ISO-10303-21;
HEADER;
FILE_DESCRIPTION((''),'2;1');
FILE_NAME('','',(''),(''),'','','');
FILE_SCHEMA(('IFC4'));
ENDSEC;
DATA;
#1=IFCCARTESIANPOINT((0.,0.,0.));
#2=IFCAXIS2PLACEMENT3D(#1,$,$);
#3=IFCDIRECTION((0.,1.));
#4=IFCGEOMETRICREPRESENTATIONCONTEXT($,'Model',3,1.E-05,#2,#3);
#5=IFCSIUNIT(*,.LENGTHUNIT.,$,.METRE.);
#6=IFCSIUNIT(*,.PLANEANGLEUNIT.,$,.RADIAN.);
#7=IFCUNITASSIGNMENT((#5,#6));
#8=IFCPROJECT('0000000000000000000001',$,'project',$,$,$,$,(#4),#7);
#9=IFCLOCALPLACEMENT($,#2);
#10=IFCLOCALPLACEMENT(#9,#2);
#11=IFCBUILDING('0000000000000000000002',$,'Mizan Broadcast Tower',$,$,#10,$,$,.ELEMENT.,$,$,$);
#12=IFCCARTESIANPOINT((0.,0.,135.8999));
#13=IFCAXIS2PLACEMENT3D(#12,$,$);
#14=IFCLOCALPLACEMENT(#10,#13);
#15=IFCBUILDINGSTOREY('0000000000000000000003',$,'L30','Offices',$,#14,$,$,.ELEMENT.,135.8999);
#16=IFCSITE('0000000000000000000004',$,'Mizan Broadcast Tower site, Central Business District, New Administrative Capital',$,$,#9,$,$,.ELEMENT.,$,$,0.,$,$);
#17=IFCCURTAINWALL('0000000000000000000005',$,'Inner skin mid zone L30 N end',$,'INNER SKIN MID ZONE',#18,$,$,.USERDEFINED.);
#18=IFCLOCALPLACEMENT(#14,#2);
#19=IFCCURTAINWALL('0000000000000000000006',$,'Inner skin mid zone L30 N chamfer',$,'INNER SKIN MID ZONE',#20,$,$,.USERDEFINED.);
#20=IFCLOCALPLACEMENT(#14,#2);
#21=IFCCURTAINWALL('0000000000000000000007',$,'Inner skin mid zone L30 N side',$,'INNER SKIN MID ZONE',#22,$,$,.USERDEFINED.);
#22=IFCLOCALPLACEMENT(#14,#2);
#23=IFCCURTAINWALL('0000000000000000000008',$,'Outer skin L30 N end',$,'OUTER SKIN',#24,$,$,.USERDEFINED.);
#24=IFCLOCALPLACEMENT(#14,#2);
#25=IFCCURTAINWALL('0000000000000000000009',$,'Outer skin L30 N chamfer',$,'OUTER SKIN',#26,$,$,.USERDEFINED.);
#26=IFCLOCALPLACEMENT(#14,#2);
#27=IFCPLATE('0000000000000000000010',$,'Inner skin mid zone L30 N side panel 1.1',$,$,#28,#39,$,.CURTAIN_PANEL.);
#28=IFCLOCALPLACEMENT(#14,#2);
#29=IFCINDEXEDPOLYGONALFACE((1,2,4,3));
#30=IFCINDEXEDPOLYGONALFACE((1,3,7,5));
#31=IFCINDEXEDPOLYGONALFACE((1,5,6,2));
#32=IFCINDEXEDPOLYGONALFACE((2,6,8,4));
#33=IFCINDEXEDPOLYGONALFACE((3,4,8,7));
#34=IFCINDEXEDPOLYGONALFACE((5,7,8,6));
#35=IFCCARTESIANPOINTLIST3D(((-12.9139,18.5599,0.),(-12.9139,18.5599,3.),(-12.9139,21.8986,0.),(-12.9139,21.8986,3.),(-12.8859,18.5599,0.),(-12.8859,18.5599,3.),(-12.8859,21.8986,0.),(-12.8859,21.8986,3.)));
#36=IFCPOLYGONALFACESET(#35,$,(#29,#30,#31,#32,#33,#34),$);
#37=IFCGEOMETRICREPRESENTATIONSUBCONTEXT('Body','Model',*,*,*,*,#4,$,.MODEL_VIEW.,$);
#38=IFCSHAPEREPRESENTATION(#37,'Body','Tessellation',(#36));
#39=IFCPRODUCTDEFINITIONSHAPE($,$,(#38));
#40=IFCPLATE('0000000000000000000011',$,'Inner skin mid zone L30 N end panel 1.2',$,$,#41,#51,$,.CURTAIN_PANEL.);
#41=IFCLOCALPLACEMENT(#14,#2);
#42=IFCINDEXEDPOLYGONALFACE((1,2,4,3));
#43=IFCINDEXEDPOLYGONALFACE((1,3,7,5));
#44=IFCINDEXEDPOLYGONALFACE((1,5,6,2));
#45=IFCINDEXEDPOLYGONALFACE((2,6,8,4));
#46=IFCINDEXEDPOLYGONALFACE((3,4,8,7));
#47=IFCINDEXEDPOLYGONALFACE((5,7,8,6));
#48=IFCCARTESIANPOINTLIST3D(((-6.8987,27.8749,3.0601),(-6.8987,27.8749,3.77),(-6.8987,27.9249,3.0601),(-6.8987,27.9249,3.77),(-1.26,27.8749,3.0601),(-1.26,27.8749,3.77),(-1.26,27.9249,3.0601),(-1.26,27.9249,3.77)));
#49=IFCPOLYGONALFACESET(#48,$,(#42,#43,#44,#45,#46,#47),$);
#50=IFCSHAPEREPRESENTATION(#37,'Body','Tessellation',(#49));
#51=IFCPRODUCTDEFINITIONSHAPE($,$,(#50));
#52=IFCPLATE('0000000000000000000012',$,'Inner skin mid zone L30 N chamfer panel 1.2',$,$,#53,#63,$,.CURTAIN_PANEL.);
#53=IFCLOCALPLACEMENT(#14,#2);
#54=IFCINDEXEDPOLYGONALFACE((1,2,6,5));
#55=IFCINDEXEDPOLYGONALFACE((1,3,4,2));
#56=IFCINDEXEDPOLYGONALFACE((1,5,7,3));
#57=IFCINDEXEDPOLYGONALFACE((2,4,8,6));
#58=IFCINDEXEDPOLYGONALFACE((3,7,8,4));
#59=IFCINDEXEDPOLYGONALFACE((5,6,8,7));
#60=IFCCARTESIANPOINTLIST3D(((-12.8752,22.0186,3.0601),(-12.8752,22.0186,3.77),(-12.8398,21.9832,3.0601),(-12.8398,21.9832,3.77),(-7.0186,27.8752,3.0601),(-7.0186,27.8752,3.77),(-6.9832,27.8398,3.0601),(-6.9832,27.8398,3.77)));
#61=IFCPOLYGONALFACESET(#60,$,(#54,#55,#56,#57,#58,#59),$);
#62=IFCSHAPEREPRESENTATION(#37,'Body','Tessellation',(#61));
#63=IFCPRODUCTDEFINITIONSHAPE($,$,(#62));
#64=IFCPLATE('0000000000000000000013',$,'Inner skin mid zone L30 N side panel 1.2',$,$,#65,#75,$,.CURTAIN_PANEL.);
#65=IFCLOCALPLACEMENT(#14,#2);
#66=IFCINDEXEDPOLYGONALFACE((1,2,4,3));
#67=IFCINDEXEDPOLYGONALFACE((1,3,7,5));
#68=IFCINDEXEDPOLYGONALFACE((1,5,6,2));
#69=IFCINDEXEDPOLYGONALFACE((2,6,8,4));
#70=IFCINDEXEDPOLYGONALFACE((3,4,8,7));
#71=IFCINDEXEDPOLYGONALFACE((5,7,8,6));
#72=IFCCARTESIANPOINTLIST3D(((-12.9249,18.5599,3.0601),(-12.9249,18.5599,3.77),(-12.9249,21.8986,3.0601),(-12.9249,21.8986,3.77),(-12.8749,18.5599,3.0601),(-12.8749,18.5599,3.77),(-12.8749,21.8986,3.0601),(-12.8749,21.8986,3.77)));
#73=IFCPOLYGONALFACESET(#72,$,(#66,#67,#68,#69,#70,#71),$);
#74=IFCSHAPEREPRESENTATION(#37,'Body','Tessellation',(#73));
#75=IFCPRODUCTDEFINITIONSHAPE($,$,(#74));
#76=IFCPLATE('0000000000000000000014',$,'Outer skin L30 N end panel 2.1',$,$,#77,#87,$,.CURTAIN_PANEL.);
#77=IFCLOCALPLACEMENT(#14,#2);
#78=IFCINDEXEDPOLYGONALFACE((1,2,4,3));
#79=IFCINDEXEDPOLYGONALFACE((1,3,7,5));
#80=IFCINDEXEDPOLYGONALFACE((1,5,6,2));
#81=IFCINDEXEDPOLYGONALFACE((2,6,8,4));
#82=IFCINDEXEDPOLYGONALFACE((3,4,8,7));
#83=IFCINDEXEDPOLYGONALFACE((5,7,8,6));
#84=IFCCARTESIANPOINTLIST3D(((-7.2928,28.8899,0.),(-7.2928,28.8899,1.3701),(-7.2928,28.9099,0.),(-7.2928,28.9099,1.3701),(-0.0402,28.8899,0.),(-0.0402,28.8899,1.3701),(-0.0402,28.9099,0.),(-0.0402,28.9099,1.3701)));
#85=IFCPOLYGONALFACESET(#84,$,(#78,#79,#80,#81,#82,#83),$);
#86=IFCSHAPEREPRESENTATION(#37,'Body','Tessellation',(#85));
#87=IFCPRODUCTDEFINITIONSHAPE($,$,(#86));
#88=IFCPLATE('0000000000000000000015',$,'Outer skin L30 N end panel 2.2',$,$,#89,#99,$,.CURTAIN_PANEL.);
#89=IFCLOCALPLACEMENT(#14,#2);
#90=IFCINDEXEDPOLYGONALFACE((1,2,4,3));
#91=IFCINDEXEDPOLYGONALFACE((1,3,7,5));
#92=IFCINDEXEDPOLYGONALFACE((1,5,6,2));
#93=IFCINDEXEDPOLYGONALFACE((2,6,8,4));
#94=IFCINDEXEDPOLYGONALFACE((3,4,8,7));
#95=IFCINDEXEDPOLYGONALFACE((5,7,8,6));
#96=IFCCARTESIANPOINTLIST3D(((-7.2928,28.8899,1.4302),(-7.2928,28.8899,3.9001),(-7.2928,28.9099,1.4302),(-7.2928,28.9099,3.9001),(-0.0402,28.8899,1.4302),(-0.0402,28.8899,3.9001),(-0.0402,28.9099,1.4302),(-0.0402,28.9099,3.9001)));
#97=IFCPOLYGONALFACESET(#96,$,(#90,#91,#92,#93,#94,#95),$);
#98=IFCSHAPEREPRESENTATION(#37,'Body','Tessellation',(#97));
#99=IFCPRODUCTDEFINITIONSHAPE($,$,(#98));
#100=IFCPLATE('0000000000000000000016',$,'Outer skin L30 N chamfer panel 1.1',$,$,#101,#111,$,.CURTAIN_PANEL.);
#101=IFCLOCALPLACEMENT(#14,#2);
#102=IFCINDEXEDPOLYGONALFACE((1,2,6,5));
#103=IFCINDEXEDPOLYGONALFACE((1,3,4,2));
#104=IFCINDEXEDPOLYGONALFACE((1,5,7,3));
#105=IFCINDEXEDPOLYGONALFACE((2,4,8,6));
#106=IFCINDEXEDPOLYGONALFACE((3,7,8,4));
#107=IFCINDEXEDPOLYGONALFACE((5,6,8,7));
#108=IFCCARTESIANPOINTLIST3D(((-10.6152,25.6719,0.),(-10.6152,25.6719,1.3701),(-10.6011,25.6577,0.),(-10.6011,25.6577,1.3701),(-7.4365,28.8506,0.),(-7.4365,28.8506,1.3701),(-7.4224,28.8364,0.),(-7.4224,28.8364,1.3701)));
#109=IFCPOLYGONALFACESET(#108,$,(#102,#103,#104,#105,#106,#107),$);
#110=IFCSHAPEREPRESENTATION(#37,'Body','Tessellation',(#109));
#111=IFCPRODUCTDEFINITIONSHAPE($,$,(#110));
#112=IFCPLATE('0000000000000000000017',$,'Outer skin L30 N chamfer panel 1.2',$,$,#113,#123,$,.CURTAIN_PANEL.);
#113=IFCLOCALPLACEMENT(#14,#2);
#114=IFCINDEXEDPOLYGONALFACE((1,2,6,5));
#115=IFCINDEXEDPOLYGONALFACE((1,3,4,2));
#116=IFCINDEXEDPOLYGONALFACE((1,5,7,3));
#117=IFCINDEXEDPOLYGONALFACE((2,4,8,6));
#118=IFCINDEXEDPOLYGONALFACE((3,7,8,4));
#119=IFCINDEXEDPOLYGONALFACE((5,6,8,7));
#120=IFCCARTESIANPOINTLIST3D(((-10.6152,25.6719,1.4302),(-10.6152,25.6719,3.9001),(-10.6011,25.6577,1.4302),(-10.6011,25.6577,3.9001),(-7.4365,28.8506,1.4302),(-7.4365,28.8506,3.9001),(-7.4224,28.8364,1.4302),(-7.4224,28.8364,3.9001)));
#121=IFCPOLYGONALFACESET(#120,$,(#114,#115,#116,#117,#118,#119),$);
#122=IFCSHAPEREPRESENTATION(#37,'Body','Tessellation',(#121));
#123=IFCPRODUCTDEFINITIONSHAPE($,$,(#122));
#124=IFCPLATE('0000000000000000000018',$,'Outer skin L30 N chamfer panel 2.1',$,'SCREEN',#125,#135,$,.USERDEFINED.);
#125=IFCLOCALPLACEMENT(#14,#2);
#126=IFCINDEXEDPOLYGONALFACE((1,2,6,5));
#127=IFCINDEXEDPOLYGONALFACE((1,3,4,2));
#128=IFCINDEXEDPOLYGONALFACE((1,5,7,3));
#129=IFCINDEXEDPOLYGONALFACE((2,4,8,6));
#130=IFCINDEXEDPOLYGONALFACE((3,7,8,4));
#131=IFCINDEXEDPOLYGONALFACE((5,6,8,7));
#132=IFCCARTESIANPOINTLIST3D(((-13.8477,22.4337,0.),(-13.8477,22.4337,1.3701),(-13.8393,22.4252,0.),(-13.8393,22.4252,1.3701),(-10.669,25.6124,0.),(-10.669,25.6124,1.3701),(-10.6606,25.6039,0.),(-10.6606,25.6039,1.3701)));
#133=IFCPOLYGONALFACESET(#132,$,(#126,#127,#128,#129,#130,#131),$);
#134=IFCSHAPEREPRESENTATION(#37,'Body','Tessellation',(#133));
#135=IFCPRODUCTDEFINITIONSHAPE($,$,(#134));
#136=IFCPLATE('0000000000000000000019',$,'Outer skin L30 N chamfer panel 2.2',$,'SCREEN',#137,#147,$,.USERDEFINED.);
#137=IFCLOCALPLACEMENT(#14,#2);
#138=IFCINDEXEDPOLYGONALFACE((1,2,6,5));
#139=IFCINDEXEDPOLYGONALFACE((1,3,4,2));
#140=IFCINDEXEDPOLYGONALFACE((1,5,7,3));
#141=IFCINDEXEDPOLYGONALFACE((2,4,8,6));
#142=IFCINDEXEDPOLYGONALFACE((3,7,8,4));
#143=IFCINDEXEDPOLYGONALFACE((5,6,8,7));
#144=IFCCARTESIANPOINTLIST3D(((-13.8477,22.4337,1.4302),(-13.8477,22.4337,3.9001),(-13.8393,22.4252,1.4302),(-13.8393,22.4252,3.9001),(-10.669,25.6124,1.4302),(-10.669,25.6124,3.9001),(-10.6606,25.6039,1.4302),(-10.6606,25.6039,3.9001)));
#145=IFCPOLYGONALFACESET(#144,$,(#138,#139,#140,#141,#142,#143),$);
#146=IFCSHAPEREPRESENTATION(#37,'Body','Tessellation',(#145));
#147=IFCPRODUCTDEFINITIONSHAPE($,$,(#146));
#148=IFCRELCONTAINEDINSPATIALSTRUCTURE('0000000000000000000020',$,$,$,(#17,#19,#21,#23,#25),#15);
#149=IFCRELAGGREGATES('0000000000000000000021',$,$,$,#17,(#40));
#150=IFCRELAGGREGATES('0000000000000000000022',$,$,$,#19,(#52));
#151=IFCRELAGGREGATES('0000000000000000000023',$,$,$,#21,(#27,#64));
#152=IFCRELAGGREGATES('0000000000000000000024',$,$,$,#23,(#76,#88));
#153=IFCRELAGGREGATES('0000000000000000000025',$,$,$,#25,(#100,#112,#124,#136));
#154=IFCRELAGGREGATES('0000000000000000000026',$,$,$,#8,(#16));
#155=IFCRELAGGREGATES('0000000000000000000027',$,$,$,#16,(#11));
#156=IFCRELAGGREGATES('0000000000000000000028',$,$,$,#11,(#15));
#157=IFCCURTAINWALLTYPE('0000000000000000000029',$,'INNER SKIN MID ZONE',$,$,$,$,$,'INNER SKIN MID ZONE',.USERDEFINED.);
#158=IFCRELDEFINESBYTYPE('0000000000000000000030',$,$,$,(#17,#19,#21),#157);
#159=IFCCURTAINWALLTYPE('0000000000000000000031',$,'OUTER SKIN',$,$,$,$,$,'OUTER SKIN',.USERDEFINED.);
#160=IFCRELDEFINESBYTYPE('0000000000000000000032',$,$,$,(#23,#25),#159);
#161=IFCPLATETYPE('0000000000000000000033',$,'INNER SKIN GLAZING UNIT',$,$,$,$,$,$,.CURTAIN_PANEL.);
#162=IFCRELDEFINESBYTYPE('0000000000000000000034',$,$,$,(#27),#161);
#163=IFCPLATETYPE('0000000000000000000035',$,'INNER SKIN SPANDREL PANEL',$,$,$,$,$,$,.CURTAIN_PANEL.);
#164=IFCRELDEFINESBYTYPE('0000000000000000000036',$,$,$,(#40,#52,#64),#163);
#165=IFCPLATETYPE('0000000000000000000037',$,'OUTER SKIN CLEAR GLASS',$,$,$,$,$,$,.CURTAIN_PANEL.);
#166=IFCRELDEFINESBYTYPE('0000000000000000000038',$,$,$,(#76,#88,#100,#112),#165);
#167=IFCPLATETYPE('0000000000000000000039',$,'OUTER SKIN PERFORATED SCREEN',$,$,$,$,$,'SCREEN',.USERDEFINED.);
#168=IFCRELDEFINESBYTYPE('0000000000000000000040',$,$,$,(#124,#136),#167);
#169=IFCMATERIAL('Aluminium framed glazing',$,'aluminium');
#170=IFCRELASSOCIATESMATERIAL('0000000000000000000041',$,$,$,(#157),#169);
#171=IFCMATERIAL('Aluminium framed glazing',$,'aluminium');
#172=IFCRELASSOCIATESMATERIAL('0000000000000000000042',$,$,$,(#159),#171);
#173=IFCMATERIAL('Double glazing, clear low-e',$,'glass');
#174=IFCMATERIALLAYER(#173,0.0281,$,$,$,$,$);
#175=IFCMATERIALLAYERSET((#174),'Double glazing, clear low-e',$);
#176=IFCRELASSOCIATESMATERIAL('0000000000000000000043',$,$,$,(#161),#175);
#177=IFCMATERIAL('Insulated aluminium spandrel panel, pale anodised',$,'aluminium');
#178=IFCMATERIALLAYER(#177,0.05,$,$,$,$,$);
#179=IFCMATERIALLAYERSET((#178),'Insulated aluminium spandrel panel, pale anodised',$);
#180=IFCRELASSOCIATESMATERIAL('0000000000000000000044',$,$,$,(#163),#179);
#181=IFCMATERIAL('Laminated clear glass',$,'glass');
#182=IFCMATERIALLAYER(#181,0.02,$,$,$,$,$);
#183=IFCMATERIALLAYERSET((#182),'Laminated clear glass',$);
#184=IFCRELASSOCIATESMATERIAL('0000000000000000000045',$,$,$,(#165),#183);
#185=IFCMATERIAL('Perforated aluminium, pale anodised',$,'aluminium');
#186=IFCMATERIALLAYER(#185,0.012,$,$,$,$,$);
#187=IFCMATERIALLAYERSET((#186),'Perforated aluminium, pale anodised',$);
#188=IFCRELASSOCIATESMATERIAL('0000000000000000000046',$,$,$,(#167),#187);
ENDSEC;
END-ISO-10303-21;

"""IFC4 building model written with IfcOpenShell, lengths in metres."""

from ifc_helpers import new_model, si_unit, direction, frame, origin, origin_2d, place, context, subcontext, project, spatial, rectangle, extrude, material, layer, layer_set, type_object, element, aggregate, save


model = new_model("IFC4")

# Units and contexts
model_context = context("Model", 3, precision=1e-05, world=origin(), true_north=direction((0.0, 1.0)))
body_context = subcontext(model_context, "Body", "Model", "MODEL_VIEW")
ifc_project = project(units=[si_unit("LENGTHUNIT", "METRE"), si_unit("PLANEANGLEUNIT", "RADIAN")], contexts=[model_context])

# Site, building, storey
site_placement = place(None, origin())
site = spatial("IfcSite", under=ifc_project, at=site_placement, Name="Mizan Broadcast Tower site, Central Business District, New Administrative Capital", CompositionType="ELEMENT", RefElevation=0.0)
building_placement = place(site_placement, origin())
building = spatial("IfcBuilding", under=site, at=building_placement, Name="Mizan Broadcast Tower", CompositionType="ELEMENT")
storey_placement = place(building_placement, frame((0.0, 0.0, 135.8999)))
storey = spatial("IfcBuildingStorey", under=building, at=storey_placement, Name="L30", Description="Offices", CompositionType="ELEMENT", Elevation=135.8999)

# Curtain wall
ifc_material_1 = material(Name="Aluminium framed glazing", Category="aluminium")
curtain_wall_type_1 = type_object("IfcCurtainWallType", Name="INNER SKIN MID ZONE", ElementType="INNER SKIN MID ZONE", PredefinedType="USERDEFINED", material=ifc_material_1)
curtain_wall_1_placement = place(storey_placement, origin())
curtain_wall_1 = element("IfcCurtainWall", 1, at=curtain_wall_1_placement, inside=storey, type_object=curtain_wall_type_1, Name="Inner skin mid zone L30 N end", ObjectType="INNER SKIN MID ZONE", PredefinedType="USERDEFINED")

# Curtain wall
curtain_wall_2_placement = place(storey_placement, origin())
curtain_wall_2 = element("IfcCurtainWall", 2, at=curtain_wall_2_placement, inside=storey, type_object=curtain_wall_type_1, Name="Inner skin mid zone L30 N chamfer", ObjectType="INNER SKIN MID ZONE", PredefinedType="USERDEFINED")

# Curtain walls
curtain_wall_3_placement = place(storey_placement, origin())
curtain_wall_3 = element("IfcCurtainWall", 3, at=curtain_wall_3_placement, inside=storey, type_object=curtain_wall_type_1, Name="Inner skin mid zone L30 N side", ObjectType="INNER SKIN MID ZONE", PredefinedType="USERDEFINED")
ifc_material_2 = material(Name="Aluminium framed glazing", Category="aluminium")
curtain_wall_type_2 = type_object("IfcCurtainWallType", Name="OUTER SKIN", ElementType="OUTER SKIN", PredefinedType="USERDEFINED", material=ifc_material_2)
curtain_wall_4_placement = place(storey_placement, origin())
curtain_wall_4 = element("IfcCurtainWall", 4, at=curtain_wall_4_placement, inside=storey, type_object=curtain_wall_type_2, Name="Outer skin L30 N end", ObjectType="OUTER SKIN", PredefinedType="USERDEFINED")

# Curtain wall
curtain_wall_5_placement = place(storey_placement, origin())
curtain_wall_5 = element("IfcCurtainWall", 5, at=curtain_wall_5_placement, inside=storey, type_object=curtain_wall_type_2, Name="Outer skin L30 N chamfer", ObjectType="OUTER SKIN", PredefinedType="USERDEFINED")

# Plates
ifc_material_3 = material(Name="Double glazing, clear low-e", Category="glass")
ifc_layer_1 = layer(ifc_material_3, 0.0281)
ifc_layer_set_1 = layer_set([ifc_layer_1], Name="Double glazing, clear low-e")
plate_type_1 = type_object("IfcPlateType", Name="INNER SKIN GLAZING UNIT", PredefinedType="CURTAIN_PANEL", material=ifc_layer_set_1)
plate_1_placement = place(storey_placement, frame((-12.8999, 20.2292, 0.0), z_axis=(0.0, 0.0, 1.0), x_axis=(0.0, -1.0, 0.0)))
plate_1 = element("IfcPlate", 6, at=plate_1_placement, type_object=plate_type_1, Name="Inner skin mid zone L30 N side panel 1.1", PredefinedType="CURTAIN_PANEL", context=body_context, shape_type="SweptSolid", body=[
    extrude(rectangle(XDim=3.3386, YDim=0.0281, at=origin_2d()), origin(), (0.0, 0.0, 1.0), 3.0),
])
ifc_material_4 = material(Name="Insulated aluminium spandrel panel, pale anodised", Category="aluminium")
ifc_layer_2 = layer(ifc_material_4, 0.05)
ifc_layer_set_2 = layer_set([ifc_layer_2], Name="Insulated aluminium spandrel panel, pale anodised")
plate_type_2 = type_object("IfcPlateType", Name="INNER SKIN SPANDREL PANEL", PredefinedType="CURTAIN_PANEL", material=ifc_layer_set_2)
plate_2_placement = place(storey_placement, frame((-4.0793, 27.8999, 3.0601), z_axis=(0.0, 0.0, 1.0), x_axis=(-1.0, 0.0, 0.0)))
plate_2 = element("IfcPlate", 7, at=plate_2_placement, type_object=plate_type_2, Name="Inner skin mid zone L30 N end panel 1.2", PredefinedType="CURTAIN_PANEL", context=body_context, shape_type="SweptSolid", body=[
    extrude(rectangle(XDim=5.6387, YDim=0.05, at=origin_2d()), origin(), (0.0, 0.0, 1.0), 0.71),
])
aggregate(curtain_wall_1, [plate_2])
plate_3_placement = place(storey_placement, frame((-9.9292, 24.9292, 3.0601), z_axis=(0.0, 0.0, 1.0), x_axis=(-0.707107, -0.707107, 0.0)))
plate_3 = element("IfcPlate", 8, at=plate_3_placement, type_object=plate_type_2, Name="Inner skin mid zone L30 N chamfer panel 1.2", PredefinedType="CURTAIN_PANEL", context=body_context, shape_type="SweptSolid", body=[
    extrude(rectangle(XDim=8.2825, YDim=0.05, at=origin_2d()), origin(), (0.0, 0.0, 1.0), 0.71),
])
aggregate(curtain_wall_2, [plate_3])
plate_4_placement = place(storey_placement, frame((-12.8999, 20.2292, 3.0601), z_axis=(0.0, 0.0, 1.0), x_axis=(0.0, -1.0, 0.0)))
plate_4 = element("IfcPlate", 9, at=plate_4_placement, type_object=plate_type_2, Name="Inner skin mid zone L30 N side panel 1.2", PredefinedType="CURTAIN_PANEL", context=body_context, shape_type="SweptSolid", body=[
    extrude(rectangle(XDim=3.3386, YDim=0.05, at=origin_2d()), origin(), (0.0, 0.0, 1.0), 0.71),
])
aggregate(curtain_wall_3, [plate_1, plate_4])
ifc_material_5 = material(Name="Laminated clear glass", Category="glass")
ifc_layer_3 = layer(ifc_material_5, 0.02)
ifc_layer_set_3 = layer_set([ifc_layer_3], Name="Laminated clear glass")
plate_type_3 = type_object("IfcPlateType", Name="OUTER SKIN CLEAR GLASS", PredefinedType="CURTAIN_PANEL", material=ifc_layer_set_3)
plate_5_placement = place(storey_placement, frame((-3.6665, 28.8999, 0.0), z_axis=(0.0, 0.0, 1.0), x_axis=(-1.0, 0.0, 0.0)))
plate_5 = element("IfcPlate", 10, at=plate_5_placement, type_object=plate_type_3, Name="Outer skin L30 N end panel 2.1", PredefinedType="CURTAIN_PANEL", context=body_context, shape_type="SweptSolid", body=[
    extrude(rectangle(XDim=7.2527, YDim=0.02, at=origin_2d()), origin(), (0.0, 0.0, 1.0), 1.3701),
])
plate_6_placement = place(storey_placement, frame((-3.6665, 28.8999, 1.4302), z_axis=(0.0, 0.0, 1.0), x_axis=(-1.0, 0.0, 0.0)))
plate_6 = element("IfcPlate", 11, at=plate_6_placement, type_object=plate_type_3, Name="Outer skin L30 N end panel 2.2", PredefinedType="CURTAIN_PANEL", context=body_context, shape_type="SweptSolid", body=[
    extrude(rectangle(XDim=7.2527, YDim=0.02, at=origin_2d()), origin(), (0.0, 0.0, 1.0), 2.47),
])
aggregate(curtain_wall_4, [plate_5, plate_6])
plate_7_placement = place(storey_placement, frame((-9.0188, 27.2542, 0.0), z_axis=(0.0, 0.0, 1.0), x_axis=(-0.707107, -0.707107, 0.0)))
plate_7 = element("IfcPlate", 12, at=plate_7_placement, type_object=plate_type_3, Name="Outer skin L30 N chamfer panel 1.1", PredefinedType="CURTAIN_PANEL", context=body_context, shape_type="SweptSolid", body=[
    extrude(rectangle(XDim=4.4954, YDim=0.02, at=origin_2d()), origin(), (0.0, 0.0, 1.0), 1.3701),
])
plate_8_placement = place(storey_placement, frame((-9.0188, 27.2542, 1.4302), z_axis=(0.0, 0.0, 1.0), x_axis=(-0.707107, -0.707107, 0.0)))
plate_8 = element("IfcPlate", 13, at=plate_8_placement, type_object=plate_type_3, Name="Outer skin L30 N chamfer panel 1.2", PredefinedType="CURTAIN_PANEL", context=body_context, shape_type="SweptSolid", body=[
    extrude(rectangle(XDim=4.4954, YDim=0.02, at=origin_2d()), origin(), (0.0, 0.0, 1.0), 2.47),
])
ifc_material_6 = material(Name="Perforated aluminium, pale anodised", Category="aluminium")
ifc_layer_4 = layer(ifc_material_6, 0.012)
ifc_layer_set_4 = layer_set([ifc_layer_4], Name="Perforated aluminium, pale anodised")
plate_type_4 = type_object("IfcPlateType", Name="OUTER SKIN PERFORATED SCREEN", ElementType="SCREEN", PredefinedType="USERDEFINED", material=ifc_layer_set_4)
plate_9_placement = place(storey_placement, frame((-12.2542, 24.0188, 0.0), z_axis=(0.0, 0.0, 1.0), x_axis=(-0.707107, -0.707107, 0.0)))
plate_9 = element("IfcPlate", 14, at=plate_9_placement, type_object=plate_type_4, Name="Outer skin L30 N chamfer panel 2.1", ObjectType="SCREEN", PredefinedType="USERDEFINED", context=body_context, shape_type="SweptSolid", body=[
    extrude(rectangle(XDim=4.4954, YDim=0.012, at=origin_2d()), origin(), (0.0, 0.0, 1.0), 1.3701),
])
plate_10_placement = place(storey_placement, frame((-12.2542, 24.0188, 1.4302), z_axis=(0.0, 0.0, 1.0), x_axis=(-0.707107, -0.707107, 0.0)))
plate_10 = element("IfcPlate", 15, at=plate_10_placement, type_object=plate_type_4, Name="Outer skin L30 N chamfer panel 2.2", ObjectType="SCREEN", PredefinedType="USERDEFINED", context=body_context, shape_type="SweptSolid", body=[
    extrude(rectangle(XDim=4.4954, YDim=0.012, at=origin_2d()), origin(), (0.0, 0.0, 1.0), 2.47),
])
aggregate(curtain_wall_5, [plate_7, plate_8, plate_9, plate_10])

save(model, "model.ifc")
